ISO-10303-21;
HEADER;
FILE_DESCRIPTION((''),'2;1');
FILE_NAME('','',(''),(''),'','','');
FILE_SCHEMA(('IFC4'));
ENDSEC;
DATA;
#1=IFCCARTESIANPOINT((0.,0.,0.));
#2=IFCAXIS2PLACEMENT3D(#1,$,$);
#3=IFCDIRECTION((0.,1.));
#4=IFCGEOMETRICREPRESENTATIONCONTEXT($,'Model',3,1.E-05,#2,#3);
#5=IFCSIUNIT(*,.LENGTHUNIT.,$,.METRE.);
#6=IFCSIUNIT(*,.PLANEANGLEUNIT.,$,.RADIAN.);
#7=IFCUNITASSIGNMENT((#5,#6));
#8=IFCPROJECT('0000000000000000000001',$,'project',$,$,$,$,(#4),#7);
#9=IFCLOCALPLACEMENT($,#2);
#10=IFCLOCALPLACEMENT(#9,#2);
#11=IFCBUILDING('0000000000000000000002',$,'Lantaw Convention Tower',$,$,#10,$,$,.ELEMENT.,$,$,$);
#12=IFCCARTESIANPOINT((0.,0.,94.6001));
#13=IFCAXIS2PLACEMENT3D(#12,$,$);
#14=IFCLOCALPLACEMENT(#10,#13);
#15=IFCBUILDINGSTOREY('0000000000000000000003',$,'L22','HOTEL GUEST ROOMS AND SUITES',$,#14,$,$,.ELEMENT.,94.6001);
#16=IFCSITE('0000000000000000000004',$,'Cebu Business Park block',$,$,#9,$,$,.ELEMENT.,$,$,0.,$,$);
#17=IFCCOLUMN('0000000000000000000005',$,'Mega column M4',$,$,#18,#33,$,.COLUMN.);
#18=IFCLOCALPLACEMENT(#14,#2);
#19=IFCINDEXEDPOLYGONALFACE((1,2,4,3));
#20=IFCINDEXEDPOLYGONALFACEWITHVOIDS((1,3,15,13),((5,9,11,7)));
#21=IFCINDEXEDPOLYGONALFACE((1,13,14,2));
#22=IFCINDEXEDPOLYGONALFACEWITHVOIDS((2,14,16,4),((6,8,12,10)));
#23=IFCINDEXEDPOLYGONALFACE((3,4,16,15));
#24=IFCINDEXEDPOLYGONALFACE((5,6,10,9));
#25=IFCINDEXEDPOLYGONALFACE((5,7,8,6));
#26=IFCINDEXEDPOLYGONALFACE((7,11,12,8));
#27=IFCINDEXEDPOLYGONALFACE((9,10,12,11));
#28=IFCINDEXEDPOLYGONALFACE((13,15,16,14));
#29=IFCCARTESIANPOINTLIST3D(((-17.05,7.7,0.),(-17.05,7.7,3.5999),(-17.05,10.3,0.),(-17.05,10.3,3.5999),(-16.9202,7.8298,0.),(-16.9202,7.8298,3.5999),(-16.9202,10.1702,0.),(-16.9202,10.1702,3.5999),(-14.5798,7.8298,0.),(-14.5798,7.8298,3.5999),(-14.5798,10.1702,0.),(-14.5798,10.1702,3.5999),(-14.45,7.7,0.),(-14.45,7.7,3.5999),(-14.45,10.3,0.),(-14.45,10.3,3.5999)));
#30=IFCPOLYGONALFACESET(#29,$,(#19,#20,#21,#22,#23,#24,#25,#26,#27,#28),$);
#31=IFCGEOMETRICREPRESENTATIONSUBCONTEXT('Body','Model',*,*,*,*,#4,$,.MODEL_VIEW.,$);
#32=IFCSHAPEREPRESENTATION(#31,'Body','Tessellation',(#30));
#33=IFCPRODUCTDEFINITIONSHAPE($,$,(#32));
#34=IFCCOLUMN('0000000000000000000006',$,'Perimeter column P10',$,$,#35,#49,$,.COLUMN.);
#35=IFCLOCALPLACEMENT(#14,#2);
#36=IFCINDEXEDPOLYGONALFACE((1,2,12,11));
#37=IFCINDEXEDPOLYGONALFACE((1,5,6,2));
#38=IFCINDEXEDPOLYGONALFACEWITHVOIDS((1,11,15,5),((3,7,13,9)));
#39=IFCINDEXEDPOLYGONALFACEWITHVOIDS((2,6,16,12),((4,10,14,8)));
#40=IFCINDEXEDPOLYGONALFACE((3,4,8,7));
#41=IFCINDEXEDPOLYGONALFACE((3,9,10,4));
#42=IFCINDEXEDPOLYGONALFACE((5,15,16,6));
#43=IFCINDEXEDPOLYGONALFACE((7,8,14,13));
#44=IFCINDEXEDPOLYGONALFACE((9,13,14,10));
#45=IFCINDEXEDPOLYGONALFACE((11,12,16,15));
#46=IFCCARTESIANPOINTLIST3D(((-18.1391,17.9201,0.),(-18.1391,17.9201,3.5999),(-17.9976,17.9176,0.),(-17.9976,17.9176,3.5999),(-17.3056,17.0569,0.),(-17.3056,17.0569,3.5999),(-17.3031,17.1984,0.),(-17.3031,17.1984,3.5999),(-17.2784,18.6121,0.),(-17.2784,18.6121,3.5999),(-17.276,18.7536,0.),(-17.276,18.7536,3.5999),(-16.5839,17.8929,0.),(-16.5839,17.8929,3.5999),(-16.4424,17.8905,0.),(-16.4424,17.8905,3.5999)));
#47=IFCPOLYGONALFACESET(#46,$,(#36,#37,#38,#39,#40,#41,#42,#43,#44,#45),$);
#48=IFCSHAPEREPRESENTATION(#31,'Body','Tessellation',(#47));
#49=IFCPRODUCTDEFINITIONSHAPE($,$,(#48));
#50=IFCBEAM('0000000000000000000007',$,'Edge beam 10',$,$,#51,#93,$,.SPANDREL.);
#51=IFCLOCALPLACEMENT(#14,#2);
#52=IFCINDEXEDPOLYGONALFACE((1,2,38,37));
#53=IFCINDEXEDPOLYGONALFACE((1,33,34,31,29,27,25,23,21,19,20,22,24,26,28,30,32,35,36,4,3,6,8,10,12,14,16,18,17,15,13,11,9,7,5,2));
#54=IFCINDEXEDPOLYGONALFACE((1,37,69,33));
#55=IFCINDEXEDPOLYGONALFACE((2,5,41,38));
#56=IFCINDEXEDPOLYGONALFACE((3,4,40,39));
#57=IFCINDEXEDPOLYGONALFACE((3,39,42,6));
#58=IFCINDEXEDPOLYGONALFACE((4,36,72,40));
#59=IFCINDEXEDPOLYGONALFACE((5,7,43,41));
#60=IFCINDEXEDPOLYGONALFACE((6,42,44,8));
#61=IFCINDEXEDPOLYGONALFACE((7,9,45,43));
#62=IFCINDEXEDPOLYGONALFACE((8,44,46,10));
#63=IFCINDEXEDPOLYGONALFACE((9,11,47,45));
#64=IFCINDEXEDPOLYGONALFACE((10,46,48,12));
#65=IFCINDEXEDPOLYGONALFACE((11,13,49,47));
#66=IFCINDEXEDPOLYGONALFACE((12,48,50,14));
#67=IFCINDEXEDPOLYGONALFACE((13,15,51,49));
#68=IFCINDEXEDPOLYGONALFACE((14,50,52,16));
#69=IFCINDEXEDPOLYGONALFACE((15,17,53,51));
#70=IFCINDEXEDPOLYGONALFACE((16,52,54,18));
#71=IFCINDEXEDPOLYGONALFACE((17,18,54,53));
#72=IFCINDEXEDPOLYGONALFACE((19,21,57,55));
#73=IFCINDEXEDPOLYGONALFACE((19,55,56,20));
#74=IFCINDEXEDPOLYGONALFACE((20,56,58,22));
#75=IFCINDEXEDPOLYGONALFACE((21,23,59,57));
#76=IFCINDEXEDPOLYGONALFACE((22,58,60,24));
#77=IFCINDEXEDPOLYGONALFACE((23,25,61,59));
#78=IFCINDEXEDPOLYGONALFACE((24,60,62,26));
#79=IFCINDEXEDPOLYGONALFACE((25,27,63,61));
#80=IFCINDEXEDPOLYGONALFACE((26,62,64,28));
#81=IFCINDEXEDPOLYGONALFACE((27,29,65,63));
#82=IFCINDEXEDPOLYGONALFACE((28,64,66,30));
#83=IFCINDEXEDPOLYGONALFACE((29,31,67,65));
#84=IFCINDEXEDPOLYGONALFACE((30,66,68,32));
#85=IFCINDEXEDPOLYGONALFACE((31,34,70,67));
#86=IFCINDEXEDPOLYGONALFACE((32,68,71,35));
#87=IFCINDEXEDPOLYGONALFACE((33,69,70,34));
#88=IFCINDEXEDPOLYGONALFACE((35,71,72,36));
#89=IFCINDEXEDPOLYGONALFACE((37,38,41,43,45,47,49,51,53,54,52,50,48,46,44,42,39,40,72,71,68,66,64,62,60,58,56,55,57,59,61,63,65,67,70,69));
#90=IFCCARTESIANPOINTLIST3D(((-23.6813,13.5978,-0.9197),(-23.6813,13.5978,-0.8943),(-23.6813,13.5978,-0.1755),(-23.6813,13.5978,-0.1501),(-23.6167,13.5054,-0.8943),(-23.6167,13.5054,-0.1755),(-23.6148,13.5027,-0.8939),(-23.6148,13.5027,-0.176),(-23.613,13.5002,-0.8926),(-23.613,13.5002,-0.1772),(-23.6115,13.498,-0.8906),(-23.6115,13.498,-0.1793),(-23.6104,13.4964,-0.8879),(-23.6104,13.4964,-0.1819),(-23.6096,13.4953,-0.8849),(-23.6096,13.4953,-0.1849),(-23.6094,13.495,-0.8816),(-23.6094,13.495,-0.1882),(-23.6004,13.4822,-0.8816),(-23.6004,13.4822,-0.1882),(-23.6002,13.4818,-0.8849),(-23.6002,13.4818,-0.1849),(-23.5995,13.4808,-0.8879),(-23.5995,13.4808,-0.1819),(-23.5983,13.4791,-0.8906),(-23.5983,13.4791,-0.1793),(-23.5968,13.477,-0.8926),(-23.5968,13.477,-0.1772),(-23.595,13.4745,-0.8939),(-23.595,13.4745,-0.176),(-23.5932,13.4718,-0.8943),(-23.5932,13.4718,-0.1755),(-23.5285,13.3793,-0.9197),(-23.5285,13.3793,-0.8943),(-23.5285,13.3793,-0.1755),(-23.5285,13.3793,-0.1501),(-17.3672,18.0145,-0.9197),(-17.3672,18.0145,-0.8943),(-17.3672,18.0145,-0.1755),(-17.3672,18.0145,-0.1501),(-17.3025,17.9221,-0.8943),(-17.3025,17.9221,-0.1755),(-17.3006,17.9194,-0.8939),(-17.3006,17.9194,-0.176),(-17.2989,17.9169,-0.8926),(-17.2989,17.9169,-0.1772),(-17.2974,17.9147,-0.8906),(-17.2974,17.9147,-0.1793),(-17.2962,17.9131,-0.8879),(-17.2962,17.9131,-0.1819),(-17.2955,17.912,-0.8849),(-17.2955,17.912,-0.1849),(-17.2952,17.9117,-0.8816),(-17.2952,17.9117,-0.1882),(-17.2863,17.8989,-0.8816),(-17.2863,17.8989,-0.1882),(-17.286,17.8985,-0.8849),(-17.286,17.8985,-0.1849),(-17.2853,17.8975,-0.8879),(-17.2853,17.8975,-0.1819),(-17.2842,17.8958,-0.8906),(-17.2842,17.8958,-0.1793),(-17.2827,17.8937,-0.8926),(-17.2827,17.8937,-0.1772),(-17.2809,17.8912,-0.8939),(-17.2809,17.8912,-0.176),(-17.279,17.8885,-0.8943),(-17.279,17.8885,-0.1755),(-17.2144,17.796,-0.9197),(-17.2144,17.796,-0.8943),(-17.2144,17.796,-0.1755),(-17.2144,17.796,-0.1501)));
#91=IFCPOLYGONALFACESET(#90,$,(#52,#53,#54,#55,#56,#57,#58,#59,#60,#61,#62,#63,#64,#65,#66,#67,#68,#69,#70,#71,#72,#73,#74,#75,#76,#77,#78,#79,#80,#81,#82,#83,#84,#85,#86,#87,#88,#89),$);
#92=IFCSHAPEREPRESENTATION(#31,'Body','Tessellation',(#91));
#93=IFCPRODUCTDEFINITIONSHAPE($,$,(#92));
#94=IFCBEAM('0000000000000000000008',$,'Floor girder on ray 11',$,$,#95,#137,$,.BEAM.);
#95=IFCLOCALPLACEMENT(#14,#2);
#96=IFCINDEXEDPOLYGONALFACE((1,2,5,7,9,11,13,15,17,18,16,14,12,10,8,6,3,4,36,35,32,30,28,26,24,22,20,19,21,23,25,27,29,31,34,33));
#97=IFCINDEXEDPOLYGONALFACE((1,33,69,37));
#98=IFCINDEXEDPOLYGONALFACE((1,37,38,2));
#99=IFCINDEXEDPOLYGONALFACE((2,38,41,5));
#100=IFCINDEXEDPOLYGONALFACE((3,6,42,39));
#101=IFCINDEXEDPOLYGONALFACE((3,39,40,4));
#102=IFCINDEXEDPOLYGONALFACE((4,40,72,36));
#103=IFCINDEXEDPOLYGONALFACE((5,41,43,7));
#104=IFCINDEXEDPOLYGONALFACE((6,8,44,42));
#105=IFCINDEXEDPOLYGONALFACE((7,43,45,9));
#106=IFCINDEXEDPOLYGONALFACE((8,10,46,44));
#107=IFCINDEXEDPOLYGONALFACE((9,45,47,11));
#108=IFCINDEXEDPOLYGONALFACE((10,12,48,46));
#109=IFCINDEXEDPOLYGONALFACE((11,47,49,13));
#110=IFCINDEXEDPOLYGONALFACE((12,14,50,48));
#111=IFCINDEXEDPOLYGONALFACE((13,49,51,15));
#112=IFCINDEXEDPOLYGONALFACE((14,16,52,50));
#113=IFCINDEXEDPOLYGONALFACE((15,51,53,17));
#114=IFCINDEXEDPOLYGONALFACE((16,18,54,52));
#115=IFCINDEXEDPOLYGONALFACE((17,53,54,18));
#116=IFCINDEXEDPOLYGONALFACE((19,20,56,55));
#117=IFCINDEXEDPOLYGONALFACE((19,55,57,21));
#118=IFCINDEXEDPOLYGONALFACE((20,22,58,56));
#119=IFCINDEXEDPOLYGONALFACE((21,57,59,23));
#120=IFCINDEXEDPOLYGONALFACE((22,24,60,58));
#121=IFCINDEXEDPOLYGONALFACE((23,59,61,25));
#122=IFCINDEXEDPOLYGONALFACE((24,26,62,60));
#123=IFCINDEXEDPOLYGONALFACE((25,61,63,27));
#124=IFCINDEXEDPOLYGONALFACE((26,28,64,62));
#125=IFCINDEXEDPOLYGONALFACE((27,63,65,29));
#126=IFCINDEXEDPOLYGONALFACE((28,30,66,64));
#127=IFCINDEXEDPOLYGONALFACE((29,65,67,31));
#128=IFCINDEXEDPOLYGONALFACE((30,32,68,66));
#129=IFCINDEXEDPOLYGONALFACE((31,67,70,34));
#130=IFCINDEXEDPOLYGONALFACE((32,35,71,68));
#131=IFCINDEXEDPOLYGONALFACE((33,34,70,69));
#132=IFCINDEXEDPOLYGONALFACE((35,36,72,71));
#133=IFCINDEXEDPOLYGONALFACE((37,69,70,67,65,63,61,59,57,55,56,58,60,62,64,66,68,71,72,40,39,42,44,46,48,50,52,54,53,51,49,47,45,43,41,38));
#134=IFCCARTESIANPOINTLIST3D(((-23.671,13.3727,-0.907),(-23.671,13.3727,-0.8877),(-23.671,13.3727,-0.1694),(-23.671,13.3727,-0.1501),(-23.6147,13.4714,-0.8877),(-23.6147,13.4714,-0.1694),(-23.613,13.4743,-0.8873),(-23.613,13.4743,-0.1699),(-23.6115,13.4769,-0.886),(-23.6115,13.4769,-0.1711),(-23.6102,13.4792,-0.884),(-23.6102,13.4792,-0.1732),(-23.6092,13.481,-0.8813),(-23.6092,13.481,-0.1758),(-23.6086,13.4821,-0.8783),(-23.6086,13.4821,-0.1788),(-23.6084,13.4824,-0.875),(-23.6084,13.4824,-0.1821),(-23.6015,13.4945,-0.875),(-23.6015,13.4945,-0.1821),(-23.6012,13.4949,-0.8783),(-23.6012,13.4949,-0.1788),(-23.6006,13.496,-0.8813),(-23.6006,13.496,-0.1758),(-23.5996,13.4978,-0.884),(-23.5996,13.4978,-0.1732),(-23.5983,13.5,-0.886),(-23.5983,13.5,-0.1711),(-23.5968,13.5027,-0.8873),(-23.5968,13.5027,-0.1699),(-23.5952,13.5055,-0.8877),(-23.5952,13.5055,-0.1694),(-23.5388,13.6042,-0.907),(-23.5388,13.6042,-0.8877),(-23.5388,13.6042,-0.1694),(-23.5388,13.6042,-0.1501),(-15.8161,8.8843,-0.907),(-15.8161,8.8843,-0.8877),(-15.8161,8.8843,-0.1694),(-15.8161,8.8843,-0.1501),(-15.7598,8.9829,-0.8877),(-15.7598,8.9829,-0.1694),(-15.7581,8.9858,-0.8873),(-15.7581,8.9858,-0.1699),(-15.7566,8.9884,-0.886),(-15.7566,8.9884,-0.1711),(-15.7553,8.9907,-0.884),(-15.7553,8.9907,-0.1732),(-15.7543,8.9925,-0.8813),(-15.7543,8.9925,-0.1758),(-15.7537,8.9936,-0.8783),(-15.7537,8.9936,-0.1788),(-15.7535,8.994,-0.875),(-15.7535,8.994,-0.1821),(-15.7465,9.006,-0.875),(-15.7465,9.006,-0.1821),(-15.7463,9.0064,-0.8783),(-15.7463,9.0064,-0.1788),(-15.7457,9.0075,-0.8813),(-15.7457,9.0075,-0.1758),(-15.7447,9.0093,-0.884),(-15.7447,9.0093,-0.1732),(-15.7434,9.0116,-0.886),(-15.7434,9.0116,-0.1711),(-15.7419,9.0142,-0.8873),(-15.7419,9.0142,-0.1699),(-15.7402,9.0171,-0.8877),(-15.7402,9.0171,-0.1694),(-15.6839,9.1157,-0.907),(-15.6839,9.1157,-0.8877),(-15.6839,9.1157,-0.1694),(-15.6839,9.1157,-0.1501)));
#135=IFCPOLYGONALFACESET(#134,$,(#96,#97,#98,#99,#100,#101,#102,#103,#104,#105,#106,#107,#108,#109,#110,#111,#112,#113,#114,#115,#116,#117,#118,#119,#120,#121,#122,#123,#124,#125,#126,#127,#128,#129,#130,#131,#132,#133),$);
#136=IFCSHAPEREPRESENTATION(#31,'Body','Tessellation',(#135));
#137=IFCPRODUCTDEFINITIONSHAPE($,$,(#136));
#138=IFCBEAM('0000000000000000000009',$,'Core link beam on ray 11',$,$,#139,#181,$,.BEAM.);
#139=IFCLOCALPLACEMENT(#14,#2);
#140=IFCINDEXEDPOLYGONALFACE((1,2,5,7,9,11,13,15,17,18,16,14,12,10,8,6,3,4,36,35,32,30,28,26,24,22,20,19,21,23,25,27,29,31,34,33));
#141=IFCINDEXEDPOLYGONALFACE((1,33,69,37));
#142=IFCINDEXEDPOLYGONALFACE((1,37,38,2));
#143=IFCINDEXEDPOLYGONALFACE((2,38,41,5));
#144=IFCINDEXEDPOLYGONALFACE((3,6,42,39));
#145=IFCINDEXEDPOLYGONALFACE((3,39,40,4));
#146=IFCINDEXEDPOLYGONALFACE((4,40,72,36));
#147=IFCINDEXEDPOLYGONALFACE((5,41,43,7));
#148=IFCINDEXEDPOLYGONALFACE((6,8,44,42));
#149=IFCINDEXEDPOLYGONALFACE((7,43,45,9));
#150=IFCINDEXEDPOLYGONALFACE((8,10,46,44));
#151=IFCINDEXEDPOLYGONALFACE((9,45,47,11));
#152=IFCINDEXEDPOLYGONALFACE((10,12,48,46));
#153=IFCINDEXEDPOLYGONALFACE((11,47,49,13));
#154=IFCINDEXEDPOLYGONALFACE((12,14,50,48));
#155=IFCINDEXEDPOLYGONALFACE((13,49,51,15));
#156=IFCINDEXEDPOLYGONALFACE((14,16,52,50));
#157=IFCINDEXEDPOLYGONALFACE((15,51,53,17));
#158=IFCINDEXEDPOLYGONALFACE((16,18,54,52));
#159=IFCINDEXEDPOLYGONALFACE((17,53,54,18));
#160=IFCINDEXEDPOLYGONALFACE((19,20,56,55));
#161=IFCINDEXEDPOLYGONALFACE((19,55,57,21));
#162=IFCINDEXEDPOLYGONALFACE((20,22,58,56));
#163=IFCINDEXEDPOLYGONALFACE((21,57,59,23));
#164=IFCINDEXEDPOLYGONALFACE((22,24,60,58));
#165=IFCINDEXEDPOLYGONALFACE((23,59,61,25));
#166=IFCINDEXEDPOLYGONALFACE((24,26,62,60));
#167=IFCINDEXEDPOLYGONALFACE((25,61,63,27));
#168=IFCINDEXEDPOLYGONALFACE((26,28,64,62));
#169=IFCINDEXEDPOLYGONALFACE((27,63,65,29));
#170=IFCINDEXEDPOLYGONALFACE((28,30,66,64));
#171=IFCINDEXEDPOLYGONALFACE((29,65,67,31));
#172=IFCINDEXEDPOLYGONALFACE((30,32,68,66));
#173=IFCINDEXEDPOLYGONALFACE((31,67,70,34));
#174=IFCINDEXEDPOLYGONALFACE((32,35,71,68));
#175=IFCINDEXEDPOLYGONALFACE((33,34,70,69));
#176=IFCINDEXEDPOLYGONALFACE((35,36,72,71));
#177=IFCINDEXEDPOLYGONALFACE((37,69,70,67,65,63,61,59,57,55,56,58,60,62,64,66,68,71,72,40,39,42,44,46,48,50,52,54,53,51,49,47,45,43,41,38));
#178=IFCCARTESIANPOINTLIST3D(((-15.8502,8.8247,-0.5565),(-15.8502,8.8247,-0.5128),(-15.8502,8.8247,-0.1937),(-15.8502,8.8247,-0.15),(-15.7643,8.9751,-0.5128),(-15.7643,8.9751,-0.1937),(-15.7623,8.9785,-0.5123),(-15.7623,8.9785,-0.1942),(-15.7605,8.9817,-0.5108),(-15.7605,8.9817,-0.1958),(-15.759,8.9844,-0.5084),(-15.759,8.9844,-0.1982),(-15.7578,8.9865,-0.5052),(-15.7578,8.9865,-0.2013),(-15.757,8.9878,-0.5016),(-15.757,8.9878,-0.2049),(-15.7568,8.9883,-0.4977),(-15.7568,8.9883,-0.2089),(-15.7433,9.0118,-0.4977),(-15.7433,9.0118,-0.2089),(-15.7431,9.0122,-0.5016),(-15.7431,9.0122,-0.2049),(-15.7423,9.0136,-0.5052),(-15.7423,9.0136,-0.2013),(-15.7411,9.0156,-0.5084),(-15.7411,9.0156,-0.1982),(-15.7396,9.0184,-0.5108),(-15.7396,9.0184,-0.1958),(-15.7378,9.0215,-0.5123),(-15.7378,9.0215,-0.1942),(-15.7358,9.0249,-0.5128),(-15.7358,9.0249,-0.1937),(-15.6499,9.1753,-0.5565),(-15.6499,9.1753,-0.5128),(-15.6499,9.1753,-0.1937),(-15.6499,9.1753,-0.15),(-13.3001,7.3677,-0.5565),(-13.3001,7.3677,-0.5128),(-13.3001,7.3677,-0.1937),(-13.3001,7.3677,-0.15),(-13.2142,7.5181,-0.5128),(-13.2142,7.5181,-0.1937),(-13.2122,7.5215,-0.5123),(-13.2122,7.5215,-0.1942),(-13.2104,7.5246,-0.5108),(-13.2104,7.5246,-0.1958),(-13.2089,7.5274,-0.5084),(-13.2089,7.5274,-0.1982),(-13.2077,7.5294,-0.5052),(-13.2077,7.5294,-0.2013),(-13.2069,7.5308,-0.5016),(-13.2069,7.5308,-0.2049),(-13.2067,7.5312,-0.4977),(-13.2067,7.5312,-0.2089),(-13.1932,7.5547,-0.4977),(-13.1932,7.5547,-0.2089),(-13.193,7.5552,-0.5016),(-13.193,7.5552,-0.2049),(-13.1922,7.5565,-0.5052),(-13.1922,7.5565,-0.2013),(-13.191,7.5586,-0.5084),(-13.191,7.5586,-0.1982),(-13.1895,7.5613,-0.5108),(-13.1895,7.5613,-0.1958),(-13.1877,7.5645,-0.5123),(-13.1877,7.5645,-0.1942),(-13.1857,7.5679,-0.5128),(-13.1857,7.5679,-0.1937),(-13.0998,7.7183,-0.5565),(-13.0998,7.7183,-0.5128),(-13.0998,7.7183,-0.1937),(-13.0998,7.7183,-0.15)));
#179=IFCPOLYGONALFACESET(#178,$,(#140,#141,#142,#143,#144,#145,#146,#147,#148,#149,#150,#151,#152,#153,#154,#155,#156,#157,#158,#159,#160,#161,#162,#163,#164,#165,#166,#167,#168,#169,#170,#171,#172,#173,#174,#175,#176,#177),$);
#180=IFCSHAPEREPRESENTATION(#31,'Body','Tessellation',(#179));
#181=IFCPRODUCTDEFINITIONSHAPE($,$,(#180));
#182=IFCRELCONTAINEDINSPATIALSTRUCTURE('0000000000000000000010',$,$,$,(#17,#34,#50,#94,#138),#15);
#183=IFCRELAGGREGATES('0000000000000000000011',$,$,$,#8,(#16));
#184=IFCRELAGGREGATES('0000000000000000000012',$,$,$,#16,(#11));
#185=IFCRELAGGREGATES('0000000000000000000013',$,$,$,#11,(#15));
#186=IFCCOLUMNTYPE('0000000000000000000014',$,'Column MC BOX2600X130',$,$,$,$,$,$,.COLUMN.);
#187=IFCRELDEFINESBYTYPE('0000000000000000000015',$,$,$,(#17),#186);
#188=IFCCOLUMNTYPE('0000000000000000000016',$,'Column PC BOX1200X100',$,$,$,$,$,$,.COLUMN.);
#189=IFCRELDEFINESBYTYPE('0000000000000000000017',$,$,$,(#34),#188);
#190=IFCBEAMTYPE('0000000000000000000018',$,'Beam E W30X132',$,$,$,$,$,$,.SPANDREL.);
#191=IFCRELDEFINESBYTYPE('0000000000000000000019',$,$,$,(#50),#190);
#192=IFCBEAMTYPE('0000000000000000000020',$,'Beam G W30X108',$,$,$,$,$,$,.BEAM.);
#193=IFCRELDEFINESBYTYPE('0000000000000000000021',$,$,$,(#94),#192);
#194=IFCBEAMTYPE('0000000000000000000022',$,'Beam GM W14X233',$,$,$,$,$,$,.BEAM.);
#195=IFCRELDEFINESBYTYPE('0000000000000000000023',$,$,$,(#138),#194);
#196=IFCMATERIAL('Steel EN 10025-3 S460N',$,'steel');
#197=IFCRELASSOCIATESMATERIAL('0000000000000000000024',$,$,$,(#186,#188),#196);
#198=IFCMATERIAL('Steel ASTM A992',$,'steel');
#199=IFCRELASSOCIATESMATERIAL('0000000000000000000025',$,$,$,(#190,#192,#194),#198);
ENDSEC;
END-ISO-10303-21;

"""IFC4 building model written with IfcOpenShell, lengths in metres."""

from ifc_helpers import new_model, si_unit, direction, frame, origin, origin_2d, place, context, subcontext, project, spatial, rectangle, hollow_rectangle, i_section, extrude, material, material_profile, profile_set, type_object, element, save


model = new_model("IFC4")

# Units and contexts
model_context = context("Model", 3, precision=1e-05, world=origin(), true_north=direction((0.0, 1.0)))
body_context = subcontext(model_context, "Body", "Model", "MODEL_VIEW")
ifc_project = project(units=[si_unit("LENGTHUNIT", "METRE"), si_unit("PLANEANGLEUNIT", "RADIAN")], contexts=[model_context])

# Site, building, storey
site_placement = place(None, origin())
site = spatial("IfcSite", under=ifc_project, at=site_placement, Name="Cebu Business Park block", CompositionType="ELEMENT", RefElevation=0.0)
building_placement = place(site_placement, origin())
building = spatial("IfcBuilding", under=site, at=building_placement, Name="Lantaw Convention Tower", CompositionType="ELEMENT")
storey_placement = place(building_placement, frame((0.0, 0.0, 94.6001)))
storey = spatial("IfcBuildingStorey", under=building, at=storey_placement, Name="L22", Description="HOTEL GUEST ROOMS AND SUITES", CompositionType="ELEMENT", Elevation=94.6001)

# Columns
ifc_material_1 = material(Name="Steel EN 10025-3 S460N", Category="steel")
ifc_material_profile_1 = material_profile(ifc_material_1, hollow_rectangle(XDim=2.6001, YDim=2.6001, WallThickness=0.1299, at=origin_2d()), Name="BOX2600X130")
ifc_material_2 = material(Name="Concrete C60/75", Category="concrete")
ifc_material_profile_2 = material_profile(ifc_material_2, rectangle(XDim=2.3401, YDim=2.3401, at=origin_2d()), Name="Concrete fill of BOX2600X130")
ifc_profile_set_1 = profile_set([ifc_material_profile_1, ifc_material_profile_2], Name="Steel EN 10025-3 S460N")
column_type_1 = type_object("IfcColumnType", Name="Column MC BOX2600X130", PredefinedType="COLUMN", material=ifc_profile_set_1)
column_1_placement = place(storey_placement, frame((-15.75, 9.0, 0.0), z_axis=(0.0, 0.0, 1.0), x_axis=(1.0, 0.0, 0.0)))
element("IfcColumn", 1, at=column_1_placement, inside=storey, type_object=column_type_1, Name="Mega column M4", PredefinedType="COLUMN", context=body_context, shape_type="SweptSolid", body=[
    extrude(hollow_rectangle(XDim=2.6001, YDim=2.6001, WallThickness=0.1299, at=origin_2d()), origin(), (0.0, 0.0, 1.0), 3.5999),
])
ifc_material_profile_3 = material_profile(ifc_material_1, hollow_rectangle(XDim=1.2, YDim=1.2, WallThickness=0.1001, at=origin_2d()), Name="BOX1200X100")
ifc_material_profile_4 = material_profile(ifc_material_2, rectangle(XDim=1.0, YDim=1.0, at=origin_2d()), Name="Concrete fill of BOX1200X100")
ifc_profile_set_2 = profile_set([ifc_material_profile_3, ifc_material_profile_4], Name="Steel EN 10025-3 S460N")
column_type_2 = type_object("IfcColumnType", Name="Column PC BOX1200X100", PredefinedType="COLUMN", material=ifc_profile_set_2)
column_2_placement = place(storey_placement, frame((-17.2908, 17.9053, 0.0), z_axis=(0.0, 0.0, 1.0), x_axis=(0.71934, 0.694658, 0.0)))
element("IfcColumn", 2, at=column_2_placement, inside=storey, type_object=column_type_2, Name="Perimeter column P10", PredefinedType="COLUMN", context=body_context, shape_type="SweptSolid", body=[
    extrude(hollow_rectangle(XDim=1.2, YDim=1.2, WallThickness=0.1001, at=origin_2d()), origin(), (0.0, 0.0, 1.0), 3.5999),
])

# Beams
ifc_material_3 = material(Name="Steel ASTM A992", Category="steel")
ifc_material_profile_5 = material_profile(ifc_material_3, i_section(OverallWidth=0.2666, OverallDepth=0.7695, WebThickness=0.0156, FlangeThickness=0.0254, FilletRadius=0.0127, at=origin_2d()), Name="W30X132")
ifc_profile_set_3 = profile_set([ifc_material_profile_5], Name="Steel ASTM A992")
beam_type_1 = type_object("IfcBeamType", Name="Beam E W30X132", PredefinedType="SPANDREL", material=ifc_profile_set_3)
beam_1_placement = place(storey_placement, frame((-17.2908, 17.9053, -0.5349), z_axis=(-0.819427, -0.573184, 0.0), x_axis=(0.573184, -0.819427, 0.0)))
element("IfcBeam", 3, at=beam_1_placement, inside=storey, type_object=beam_type_1, Name="Edge beam 10", PredefinedType="SPANDREL", context=body_context, shape_type="SweptSolid", body=[
    extrude(i_section(OverallWidth=0.2666, OverallDepth=0.7695, WebThickness=0.0156, FlangeThickness=0.0254, FilletRadius=0.0127, at=origin_2d()), origin(), (0.0, 0.0, 1.0), 7.7056),
])
ifc_material_profile_6 = material_profile(ifc_material_3, i_section(OverallWidth=0.2666, OverallDepth=0.7568, WebThickness=0.0139, FlangeThickness=0.0193, FilletRadius=0.0127, at=origin_2d()), Name="W30X108")
ifc_profile_set_4 = profile_set([ifc_material_profile_6], Name="Steel ASTM A992")
beam_type_2 = type_object("IfcBeamType", Name="Beam G W30X108", PredefinedType="BEAM", material=ifc_profile_set_4)
beam_2_placement = place(storey_placement, frame((-15.75, 9.0, -0.5286), z_axis=(-0.868245, 0.496136, 0.0), x_axis=(-0.496136, -0.868245, 0.0)))
element("IfcBeam", 4, at=beam_2_placement, inside=storey, type_object=beam_type_2, Name="Floor girder on ray 11", PredefinedType="BEAM", context=body_context, shape_type="SweptSolid", body=[
    extrude(i_section(OverallWidth=0.2666, OverallDepth=0.7568, WebThickness=0.0139, FlangeThickness=0.0193, FilletRadius=0.0127, at=origin_2d()), origin(), (0.0, 0.0, 1.0), 9.0469),
])
ifc_material_profile_7 = material_profile(ifc_material_3, i_section(OverallWidth=0.4038, OverallDepth=0.4065, WebThickness=0.0271, FlangeThickness=0.0437, FilletRadius=0.0151, at=origin_2d()), Name="W14X233")
ifc_profile_set_5 = profile_set([ifc_material_profile_7], Name="Steel ASTM A992")
beam_type_3 = type_object("IfcBeamType", Name="Beam GM W14X233", PredefinedType="BEAM", material=ifc_profile_set_5)
beam_3_placement = place(storey_placement, frame((-13.2, 7.543, -0.3533), z_axis=(-0.868264, 0.496103, 0.0), x_axis=(-0.496103, -0.868264, 0.0)))
element("IfcBeam", 5, at=beam_3_placement, inside=storey, type_object=beam_type_3, Name="Core link beam on ray 11", PredefinedType="BEAM", context=body_context, shape_type="SweptSolid", body=[
    extrude(i_section(OverallWidth=0.4038, OverallDepth=0.4065, WebThickness=0.0271, FlangeThickness=0.0437, FilletRadius=0.0151, at=origin_2d()), origin(), (0.0, 0.0, 1.0), 2.937),
])

save(model, "model.ifc")
